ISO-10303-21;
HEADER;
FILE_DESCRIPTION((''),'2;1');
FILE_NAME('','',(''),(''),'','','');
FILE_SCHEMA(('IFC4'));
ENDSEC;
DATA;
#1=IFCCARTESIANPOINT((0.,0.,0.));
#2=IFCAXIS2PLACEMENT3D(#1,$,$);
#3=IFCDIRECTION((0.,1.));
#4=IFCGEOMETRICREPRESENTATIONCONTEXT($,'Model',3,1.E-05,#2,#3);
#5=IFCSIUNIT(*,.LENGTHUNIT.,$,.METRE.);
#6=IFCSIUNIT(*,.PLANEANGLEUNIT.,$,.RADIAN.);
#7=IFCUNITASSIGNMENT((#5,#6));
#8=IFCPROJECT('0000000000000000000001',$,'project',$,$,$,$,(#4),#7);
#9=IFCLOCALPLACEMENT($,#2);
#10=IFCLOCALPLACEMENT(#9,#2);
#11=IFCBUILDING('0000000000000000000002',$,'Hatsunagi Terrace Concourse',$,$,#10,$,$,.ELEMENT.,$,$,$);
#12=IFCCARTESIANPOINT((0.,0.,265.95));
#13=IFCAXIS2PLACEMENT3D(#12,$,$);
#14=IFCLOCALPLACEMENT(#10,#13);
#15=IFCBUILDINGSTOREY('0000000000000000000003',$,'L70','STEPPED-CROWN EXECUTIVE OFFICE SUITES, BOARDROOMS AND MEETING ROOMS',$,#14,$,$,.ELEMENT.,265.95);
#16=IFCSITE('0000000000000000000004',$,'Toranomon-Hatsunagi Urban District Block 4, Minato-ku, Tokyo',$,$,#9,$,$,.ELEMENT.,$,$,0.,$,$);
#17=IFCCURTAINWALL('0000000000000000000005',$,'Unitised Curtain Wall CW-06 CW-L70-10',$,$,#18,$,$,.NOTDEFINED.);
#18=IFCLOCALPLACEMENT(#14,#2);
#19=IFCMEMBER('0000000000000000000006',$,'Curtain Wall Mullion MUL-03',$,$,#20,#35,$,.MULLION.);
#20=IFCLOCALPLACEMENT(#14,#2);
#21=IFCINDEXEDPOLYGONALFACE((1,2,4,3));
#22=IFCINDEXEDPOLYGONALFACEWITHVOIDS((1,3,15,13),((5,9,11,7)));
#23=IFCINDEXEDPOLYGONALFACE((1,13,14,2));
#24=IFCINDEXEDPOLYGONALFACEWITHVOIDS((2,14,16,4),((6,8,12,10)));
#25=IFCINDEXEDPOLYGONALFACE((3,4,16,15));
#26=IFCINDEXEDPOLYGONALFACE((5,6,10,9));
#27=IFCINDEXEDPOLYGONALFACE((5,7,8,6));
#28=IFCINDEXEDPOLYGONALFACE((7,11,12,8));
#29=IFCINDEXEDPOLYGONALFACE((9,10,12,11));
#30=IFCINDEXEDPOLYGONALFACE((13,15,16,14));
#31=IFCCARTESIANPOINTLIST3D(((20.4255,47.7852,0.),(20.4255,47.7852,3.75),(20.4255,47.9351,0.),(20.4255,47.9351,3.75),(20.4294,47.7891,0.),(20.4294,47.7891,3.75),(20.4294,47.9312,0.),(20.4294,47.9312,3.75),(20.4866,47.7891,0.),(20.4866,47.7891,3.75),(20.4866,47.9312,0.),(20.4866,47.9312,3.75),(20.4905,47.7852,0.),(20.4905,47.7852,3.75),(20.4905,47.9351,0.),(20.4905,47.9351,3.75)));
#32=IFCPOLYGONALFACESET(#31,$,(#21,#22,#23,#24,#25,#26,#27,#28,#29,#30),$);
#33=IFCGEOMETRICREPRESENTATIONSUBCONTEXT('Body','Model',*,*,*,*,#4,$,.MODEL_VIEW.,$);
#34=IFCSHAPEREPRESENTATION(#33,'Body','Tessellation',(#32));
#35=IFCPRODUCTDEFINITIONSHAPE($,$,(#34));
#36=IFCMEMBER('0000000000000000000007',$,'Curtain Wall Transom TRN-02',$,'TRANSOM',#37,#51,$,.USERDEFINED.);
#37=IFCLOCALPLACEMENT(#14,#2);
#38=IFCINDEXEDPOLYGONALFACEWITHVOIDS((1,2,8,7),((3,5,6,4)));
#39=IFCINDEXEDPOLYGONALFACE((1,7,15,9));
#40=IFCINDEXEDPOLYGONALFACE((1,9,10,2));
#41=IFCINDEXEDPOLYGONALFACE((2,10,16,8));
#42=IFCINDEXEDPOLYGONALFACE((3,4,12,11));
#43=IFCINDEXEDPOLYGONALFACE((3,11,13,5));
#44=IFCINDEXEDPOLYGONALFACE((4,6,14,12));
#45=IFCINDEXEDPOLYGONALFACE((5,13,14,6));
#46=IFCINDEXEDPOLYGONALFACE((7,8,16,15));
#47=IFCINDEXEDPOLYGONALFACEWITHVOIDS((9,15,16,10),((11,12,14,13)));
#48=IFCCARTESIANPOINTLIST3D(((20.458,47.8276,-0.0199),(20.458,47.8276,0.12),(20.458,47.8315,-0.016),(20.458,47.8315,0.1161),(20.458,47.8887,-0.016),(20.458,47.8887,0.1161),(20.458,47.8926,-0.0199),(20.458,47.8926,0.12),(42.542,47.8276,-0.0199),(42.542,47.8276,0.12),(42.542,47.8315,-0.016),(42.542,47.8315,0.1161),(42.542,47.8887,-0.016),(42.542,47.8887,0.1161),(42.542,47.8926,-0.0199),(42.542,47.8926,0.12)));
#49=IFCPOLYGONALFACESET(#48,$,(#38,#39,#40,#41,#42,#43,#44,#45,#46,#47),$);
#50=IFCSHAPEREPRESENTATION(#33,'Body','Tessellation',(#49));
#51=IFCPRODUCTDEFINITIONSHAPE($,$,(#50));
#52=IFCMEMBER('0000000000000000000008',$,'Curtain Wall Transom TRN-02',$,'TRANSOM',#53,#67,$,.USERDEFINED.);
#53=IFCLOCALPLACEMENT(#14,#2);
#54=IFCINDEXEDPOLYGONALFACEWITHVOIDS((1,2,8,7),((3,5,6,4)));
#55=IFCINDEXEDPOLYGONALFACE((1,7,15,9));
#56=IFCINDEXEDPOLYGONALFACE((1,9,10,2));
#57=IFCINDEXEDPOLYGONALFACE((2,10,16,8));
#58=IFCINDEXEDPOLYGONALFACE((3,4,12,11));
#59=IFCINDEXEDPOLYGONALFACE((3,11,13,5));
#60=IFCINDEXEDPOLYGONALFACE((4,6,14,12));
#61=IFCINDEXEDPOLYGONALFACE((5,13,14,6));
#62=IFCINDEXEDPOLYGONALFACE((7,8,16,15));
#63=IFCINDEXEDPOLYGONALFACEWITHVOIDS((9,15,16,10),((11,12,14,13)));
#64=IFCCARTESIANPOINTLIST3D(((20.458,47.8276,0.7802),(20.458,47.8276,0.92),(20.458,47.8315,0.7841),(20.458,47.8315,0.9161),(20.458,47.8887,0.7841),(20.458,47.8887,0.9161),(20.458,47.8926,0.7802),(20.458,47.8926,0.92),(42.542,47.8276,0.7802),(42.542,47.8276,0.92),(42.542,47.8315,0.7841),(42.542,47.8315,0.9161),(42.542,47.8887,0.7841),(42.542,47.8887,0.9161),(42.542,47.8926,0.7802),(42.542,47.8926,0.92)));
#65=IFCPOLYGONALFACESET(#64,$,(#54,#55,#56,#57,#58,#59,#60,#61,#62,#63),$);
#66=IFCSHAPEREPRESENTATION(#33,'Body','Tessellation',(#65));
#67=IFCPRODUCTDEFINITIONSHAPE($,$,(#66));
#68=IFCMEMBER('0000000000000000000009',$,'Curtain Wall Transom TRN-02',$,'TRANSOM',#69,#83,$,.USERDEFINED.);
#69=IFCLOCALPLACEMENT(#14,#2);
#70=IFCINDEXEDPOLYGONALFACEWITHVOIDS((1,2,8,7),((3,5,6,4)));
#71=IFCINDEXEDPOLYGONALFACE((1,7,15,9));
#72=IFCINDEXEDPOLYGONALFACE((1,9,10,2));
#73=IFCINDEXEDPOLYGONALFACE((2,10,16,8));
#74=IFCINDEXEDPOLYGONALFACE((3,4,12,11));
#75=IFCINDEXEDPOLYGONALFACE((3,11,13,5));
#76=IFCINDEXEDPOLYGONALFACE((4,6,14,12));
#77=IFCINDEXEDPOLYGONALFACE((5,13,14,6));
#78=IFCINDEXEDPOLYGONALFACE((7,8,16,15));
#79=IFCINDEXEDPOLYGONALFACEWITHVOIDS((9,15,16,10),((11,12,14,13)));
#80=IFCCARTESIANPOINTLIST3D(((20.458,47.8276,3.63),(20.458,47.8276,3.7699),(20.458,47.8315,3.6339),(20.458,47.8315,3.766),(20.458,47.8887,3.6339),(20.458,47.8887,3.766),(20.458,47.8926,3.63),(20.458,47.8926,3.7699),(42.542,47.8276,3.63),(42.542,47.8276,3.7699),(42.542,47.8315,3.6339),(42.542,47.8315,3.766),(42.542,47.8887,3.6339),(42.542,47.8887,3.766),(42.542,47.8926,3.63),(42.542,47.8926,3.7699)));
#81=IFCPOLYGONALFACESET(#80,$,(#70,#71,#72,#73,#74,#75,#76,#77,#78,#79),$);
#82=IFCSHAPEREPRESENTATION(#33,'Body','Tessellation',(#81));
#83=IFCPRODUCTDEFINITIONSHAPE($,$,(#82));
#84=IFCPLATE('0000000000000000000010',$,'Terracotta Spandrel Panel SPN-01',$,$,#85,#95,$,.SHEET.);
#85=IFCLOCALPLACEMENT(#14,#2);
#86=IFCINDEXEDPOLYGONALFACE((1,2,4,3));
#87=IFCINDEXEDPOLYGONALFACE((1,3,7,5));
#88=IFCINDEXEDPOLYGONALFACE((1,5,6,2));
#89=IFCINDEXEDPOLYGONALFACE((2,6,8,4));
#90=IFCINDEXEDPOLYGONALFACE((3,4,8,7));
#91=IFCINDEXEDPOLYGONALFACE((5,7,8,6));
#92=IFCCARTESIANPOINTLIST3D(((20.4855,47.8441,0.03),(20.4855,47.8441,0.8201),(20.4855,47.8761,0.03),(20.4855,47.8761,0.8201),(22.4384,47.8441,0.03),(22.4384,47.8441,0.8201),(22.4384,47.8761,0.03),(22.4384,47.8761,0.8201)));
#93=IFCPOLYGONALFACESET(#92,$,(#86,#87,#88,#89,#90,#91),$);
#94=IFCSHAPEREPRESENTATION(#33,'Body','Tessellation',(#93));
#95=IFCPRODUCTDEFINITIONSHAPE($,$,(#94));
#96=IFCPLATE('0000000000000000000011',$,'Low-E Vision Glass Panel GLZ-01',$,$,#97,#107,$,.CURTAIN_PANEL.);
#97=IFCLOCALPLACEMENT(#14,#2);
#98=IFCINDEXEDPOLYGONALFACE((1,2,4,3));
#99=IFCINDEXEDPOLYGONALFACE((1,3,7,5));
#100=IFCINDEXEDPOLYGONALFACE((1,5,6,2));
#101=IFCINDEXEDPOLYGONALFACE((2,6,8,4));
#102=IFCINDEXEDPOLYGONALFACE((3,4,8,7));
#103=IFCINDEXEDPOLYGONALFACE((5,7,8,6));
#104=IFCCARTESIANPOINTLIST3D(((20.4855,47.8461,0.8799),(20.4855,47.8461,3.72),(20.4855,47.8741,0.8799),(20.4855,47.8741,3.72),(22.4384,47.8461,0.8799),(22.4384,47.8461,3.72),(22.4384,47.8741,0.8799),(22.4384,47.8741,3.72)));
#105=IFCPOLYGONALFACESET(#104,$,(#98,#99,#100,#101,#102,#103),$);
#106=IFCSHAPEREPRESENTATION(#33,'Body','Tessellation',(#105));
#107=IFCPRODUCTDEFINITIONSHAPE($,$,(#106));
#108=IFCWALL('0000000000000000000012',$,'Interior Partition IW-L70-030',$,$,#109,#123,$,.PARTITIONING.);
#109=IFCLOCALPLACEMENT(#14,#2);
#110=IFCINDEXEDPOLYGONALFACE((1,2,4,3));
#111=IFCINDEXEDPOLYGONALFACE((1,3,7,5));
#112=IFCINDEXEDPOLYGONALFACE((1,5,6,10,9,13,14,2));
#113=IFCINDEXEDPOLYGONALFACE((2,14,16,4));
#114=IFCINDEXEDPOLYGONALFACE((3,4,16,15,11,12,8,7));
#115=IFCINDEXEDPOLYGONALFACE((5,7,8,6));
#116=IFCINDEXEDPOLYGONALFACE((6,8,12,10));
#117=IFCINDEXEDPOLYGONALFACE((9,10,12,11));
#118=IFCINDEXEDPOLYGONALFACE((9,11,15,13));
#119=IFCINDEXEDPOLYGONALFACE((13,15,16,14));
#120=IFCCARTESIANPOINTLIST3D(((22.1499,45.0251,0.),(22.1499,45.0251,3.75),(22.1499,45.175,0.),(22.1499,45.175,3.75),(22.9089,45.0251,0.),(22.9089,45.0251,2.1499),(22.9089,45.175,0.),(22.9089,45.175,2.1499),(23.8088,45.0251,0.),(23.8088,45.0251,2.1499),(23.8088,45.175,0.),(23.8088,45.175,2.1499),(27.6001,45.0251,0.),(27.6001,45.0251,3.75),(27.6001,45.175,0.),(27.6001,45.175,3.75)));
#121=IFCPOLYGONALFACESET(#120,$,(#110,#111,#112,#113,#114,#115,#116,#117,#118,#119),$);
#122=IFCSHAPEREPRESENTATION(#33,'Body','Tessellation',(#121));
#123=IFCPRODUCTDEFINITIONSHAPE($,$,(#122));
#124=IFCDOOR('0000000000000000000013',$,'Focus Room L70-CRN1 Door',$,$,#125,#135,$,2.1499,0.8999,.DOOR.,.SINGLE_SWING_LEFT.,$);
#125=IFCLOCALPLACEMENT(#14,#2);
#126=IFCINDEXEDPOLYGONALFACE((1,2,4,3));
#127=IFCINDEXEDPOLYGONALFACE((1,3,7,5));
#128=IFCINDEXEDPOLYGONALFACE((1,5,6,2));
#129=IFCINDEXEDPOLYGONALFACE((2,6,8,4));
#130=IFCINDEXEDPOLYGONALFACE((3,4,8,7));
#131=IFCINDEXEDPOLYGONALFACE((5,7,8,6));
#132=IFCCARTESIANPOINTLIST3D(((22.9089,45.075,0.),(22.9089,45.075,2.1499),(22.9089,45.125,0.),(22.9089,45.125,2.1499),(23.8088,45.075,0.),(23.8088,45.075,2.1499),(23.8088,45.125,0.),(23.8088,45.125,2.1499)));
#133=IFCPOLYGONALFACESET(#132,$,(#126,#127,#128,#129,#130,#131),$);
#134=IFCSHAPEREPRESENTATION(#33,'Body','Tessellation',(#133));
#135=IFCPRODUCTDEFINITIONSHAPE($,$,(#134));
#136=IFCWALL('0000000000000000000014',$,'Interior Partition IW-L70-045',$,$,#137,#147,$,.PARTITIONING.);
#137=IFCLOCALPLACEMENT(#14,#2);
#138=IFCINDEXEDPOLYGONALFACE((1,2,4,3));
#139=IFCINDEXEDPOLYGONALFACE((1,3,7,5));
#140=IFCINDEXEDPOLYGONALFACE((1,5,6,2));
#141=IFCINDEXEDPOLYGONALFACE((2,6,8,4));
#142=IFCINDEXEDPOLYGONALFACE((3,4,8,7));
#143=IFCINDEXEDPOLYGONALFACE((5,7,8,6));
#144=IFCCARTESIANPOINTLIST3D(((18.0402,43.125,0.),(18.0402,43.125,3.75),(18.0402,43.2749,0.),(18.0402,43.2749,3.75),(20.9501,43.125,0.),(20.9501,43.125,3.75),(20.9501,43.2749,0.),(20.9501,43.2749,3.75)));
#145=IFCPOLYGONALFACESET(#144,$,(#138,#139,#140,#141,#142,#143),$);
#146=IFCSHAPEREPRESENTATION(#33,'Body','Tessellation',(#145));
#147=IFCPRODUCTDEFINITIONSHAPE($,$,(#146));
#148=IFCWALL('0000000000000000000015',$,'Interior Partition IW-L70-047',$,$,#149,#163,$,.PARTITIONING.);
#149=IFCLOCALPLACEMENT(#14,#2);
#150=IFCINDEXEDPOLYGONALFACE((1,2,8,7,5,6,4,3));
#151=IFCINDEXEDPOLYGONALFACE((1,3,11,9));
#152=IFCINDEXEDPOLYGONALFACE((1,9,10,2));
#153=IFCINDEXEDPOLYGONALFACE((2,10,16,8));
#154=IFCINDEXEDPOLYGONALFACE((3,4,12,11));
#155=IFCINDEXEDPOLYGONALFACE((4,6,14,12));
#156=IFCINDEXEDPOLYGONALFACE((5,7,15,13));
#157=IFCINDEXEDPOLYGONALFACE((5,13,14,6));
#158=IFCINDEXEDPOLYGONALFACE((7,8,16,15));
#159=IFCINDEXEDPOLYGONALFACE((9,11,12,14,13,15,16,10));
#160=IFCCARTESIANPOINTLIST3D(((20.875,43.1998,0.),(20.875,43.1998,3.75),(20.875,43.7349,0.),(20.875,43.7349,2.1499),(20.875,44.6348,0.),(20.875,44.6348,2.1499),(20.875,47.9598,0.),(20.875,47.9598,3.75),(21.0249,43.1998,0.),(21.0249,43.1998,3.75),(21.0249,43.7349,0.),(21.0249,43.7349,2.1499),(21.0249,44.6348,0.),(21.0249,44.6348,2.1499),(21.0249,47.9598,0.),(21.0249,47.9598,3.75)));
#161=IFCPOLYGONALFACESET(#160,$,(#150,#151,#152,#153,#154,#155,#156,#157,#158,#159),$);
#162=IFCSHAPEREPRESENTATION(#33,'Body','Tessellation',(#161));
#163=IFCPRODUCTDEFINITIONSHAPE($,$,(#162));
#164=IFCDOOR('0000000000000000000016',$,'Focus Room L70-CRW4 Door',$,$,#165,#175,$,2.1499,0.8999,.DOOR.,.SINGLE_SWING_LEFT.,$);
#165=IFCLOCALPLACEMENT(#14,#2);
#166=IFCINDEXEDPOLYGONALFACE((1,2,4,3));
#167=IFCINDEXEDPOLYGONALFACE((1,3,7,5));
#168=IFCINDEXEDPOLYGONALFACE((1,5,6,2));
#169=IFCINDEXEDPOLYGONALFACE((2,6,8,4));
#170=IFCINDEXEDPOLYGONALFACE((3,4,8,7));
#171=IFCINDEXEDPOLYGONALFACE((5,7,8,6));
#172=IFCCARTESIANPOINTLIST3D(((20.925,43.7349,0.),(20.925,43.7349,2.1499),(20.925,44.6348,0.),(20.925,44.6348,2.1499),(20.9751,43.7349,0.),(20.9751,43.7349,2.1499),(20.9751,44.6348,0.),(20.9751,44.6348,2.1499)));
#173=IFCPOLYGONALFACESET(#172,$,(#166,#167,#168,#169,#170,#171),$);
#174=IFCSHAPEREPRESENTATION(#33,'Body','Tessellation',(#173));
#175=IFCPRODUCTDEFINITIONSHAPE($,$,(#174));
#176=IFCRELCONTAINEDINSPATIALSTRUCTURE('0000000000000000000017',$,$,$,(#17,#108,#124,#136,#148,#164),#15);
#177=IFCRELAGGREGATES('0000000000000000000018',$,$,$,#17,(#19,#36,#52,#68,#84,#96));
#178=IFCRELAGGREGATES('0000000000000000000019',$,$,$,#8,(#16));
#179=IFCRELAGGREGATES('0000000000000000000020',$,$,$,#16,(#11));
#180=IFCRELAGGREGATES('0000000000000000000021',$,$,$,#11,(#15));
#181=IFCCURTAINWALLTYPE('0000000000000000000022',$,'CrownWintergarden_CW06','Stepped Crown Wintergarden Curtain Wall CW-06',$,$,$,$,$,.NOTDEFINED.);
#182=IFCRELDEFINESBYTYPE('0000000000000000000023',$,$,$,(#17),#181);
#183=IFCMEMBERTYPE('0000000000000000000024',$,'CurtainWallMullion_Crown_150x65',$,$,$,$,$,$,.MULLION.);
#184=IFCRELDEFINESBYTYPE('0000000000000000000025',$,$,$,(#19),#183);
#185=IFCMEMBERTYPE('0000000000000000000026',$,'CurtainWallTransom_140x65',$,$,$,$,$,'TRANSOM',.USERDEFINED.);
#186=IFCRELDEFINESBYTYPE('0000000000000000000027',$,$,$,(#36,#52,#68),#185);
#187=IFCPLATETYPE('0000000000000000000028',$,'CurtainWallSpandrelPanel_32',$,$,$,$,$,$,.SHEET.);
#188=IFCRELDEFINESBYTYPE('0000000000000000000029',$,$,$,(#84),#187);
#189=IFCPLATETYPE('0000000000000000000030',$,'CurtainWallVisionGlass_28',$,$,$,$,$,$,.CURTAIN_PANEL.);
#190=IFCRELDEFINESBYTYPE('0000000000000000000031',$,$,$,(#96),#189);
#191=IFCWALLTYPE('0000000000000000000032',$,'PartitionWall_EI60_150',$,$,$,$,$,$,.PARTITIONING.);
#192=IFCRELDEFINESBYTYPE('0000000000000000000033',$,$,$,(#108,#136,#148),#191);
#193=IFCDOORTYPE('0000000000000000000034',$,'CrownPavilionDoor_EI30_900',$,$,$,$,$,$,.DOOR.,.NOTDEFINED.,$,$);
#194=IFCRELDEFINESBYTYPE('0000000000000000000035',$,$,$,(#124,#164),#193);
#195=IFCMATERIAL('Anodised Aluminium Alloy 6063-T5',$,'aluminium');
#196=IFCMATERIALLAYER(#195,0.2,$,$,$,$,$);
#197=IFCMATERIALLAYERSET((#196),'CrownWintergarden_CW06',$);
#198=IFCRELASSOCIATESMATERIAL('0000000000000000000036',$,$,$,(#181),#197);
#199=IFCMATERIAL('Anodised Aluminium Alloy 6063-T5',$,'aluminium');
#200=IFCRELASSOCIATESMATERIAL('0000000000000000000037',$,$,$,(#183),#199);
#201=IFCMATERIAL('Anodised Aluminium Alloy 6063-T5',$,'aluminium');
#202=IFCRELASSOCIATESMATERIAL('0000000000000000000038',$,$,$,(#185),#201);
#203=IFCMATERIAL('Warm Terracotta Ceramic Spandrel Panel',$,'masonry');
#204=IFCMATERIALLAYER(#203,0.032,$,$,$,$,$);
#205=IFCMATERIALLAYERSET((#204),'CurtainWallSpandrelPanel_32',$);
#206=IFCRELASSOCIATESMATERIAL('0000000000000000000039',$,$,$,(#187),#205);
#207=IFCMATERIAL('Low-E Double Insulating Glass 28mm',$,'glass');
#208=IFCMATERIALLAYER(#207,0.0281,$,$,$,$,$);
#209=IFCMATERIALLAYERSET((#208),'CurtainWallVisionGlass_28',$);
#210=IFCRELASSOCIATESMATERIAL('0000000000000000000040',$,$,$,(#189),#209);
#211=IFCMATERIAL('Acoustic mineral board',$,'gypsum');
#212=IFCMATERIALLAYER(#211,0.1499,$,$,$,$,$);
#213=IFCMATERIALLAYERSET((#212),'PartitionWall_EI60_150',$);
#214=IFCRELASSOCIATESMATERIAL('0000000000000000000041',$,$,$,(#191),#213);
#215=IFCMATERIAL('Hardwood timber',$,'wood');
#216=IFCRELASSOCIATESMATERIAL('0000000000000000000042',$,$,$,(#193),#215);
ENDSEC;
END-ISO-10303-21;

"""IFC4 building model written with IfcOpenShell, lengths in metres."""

from ifc_helpers import new_model, si_unit, direction, frame, frame_2d, origin, origin_2d, place, context, subcontext, project, spatial, rectangle, hollow_rectangle, extrude, material, layer, layer_set, material_profile, profile_set, type_object, element, fill, aggregate, save


model = new_model("IFC4")

# Units and contexts
model_context = context("Model", 3, precision=1e-05, world=origin(), true_north=direction((0.0, 1.0)))
body_context = subcontext(model_context, "Body", "Model", "MODEL_VIEW")
ifc_project = project(units=[si_unit("LENGTHUNIT", "METRE"), si_unit("PLANEANGLEUNIT", "RADIAN")], contexts=[model_context])

# Site, building, storey
site_placement = place(None, origin())
site = spatial("IfcSite", under=ifc_project, at=site_placement, Name="Toranomon-Hatsunagi Urban District Block 4, Minato-ku, Tokyo", CompositionType="ELEMENT", RefElevation=0.0)
building_placement = place(site_placement, origin())
building = spatial("IfcBuilding", under=site, at=building_placement, Name="Hatsunagi Terrace Concourse", CompositionType="ELEMENT")
storey_placement = place(building_placement, frame((0.0, 0.0, 265.95)))
storey = spatial("IfcBuildingStorey", under=building, at=storey_placement, Name="L70", Description="STEPPED-CROWN EXECUTIVE OFFICE SUITES, BOARDROOMS AND MEETING ROOMS", CompositionType="ELEMENT", Elevation=265.95)

# Curtain wall, members, plates
ifc_material_1 = material(Name="Anodised Aluminium Alloy 6063-T5", Category="aluminium")
ifc_layer_1 = layer(ifc_material_1, 0.2)
ifc_layer_set_1 = layer_set([ifc_layer_1], Name="CrownWintergarden_CW06")
curtain_wall_type = type_object("IfcCurtainWallType", Name="CrownWintergarden_CW06", Description="Stepped Crown Wintergarden Curtain Wall CW-06", PredefinedType="NOTDEFINED", material=ifc_layer_set_1)
curtain_wall_placement = place(storey_placement, origin())
curtain_wall = element("IfcCurtainWall", 1, at=curtain_wall_placement, inside=storey, type_object=curtain_wall_type, Name="Unitised Curtain Wall CW-06 CW-L70-10", PredefinedType="NOTDEFINED")
ifc_material_2 = material(Name="Anodised Aluminium Alloy 6063-T5", Category="aluminium")
ifc_material_profile_1 = material_profile(ifc_material_2, hollow_rectangle(XDim=0.0649, YDim=0.1499, WallThickness=0.0039, at=origin_2d()), Name="ALU-MUL-150x65x4")
ifc_profile_set_1 = profile_set([ifc_material_profile_1], Name="Anodised Aluminium Alloy 6063-T5")
member_type_1 = type_object("IfcMemberType", Name="CurtainWallMullion_Crown_150x65", PredefinedType="MULLION", material=ifc_profile_set_1)
member_1_placement = place(storey_placement, frame((20.458, 47.8601, 0.0), z_axis=(0.0, 0.0, 1.0), x_axis=(1.0, 0.0, 0.0)))
member_1 = element("IfcMember", 2, at=member_1_placement, type_object=member_type_1, Name="Curtain Wall Mullion MUL-03", PredefinedType="MULLION", context=body_context, shape_type="SweptSolid", body=[
    extrude(hollow_rectangle(XDim=0.0649, YDim=0.1499, WallThickness=0.0039, at=origin_2d()), origin(), (0.0, 0.0, 1.0), 3.75),
])
ifc_material_3 = material(Name="Anodised Aluminium Alloy 6063-T5", Category="aluminium")
ifc_material_profile_2 = material_profile(ifc_material_3, hollow_rectangle(XDim=0.0649, YDim=0.1399, WallThickness=0.0039, at=origin_2d()), Name="ALU-TRN-140x65x4")
ifc_profile_set_2 = profile_set([ifc_material_profile_2], Name="Anodised Aluminium Alloy 6063-T5")
member_type_2 = type_object("IfcMemberType", Name="CurtainWallTransom_140x65", ElementType="TRANSOM", PredefinedType="USERDEFINED", material=ifc_profile_set_2)
member_2_placement = place(storey_placement, frame((20.458, 47.8601, 0.05), z_axis=(1.0, 0.0, 0.0), x_axis=(0.0, 1.0, 0.0)))
member_2 = element("IfcMember", 3, at=member_2_placement, type_object=member_type_2, Name="Curtain Wall Transom TRN-02", ObjectType="TRANSOM", PredefinedType="USERDEFINED", context=body_context, shape_type="SweptSolid", body=[
    extrude(hollow_rectangle(XDim=0.0649, YDim=0.1399, WallThickness=0.0039, at=origin_2d()), origin(), (0.0, 0.0, 1.0), 22.084),
])
member_3_placement = place(storey_placement, frame((20.458, 47.8601, 0.8501), z_axis=(1.0, 0.0, 0.0), x_axis=(0.0, 1.0, 0.0)))
member_3 = element("IfcMember", 4, at=member_3_placement, type_object=member_type_2, Name="Curtain Wall Transom TRN-02", ObjectType="TRANSOM", PredefinedType="USERDEFINED", context=body_context, shape_type="SweptSolid", body=[
    extrude(hollow_rectangle(XDim=0.0649, YDim=0.1399, WallThickness=0.0039, at=origin_2d()), origin(), (0.0, 0.0, 1.0), 22.084),
])
member_4_placement = place(storey_placement, frame((20.458, 47.8601, 3.7), z_axis=(1.0, 0.0, 0.0), x_axis=(0.0, 1.0, 0.0)))
member_4 = element("IfcMember", 5, at=member_4_placement, type_object=member_type_2, Name="Curtain Wall Transom TRN-02", ObjectType="TRANSOM", PredefinedType="USERDEFINED", context=body_context, shape_type="SweptSolid", body=[
    extrude(hollow_rectangle(XDim=0.0649, YDim=0.1399, WallThickness=0.0039, at=origin_2d()), origin(), (0.0, 0.0, 1.0), 22.084),
])
ifc_material_4 = material(Name="Warm Terracotta Ceramic Spandrel Panel", Category="masonry")
ifc_layer_2 = layer(ifc_material_4, 0.032)
ifc_layer_set_2 = layer_set([ifc_layer_2], Name="CurtainWallSpandrelPanel_32")
plate_type_1 = type_object("IfcPlateType", Name="CurtainWallSpandrelPanel_32", PredefinedType="SHEET", material=ifc_layer_set_2)
plate_1_placement = place(storey_placement, frame((21.4619, 47.8601, 0.03), z_axis=(0.0, 0.0, 1.0), x_axis=(1.0, 0.0, 0.0)))
plate_1 = element("IfcPlate", 6, at=plate_1_placement, type_object=plate_type_1, Name="Terracotta Spandrel Panel SPN-01", PredefinedType="SHEET", context=body_context, shape_type="SweptSolid", body=[
    extrude(rectangle(XDim=1.9529, YDim=0.032, at=origin_2d()), origin(), (0.0, 0.0, 1.0), 0.79),
])
ifc_material_5 = material(Name="Low-E Double Insulating Glass 28mm", Category="glass")
ifc_layer_3 = layer(ifc_material_5, 0.0281)
ifc_layer_set_3 = layer_set([ifc_layer_3], Name="CurtainWallVisionGlass_28")
plate_type_2 = type_object("IfcPlateType", Name="CurtainWallVisionGlass_28", PredefinedType="CURTAIN_PANEL", material=ifc_layer_set_3)
plate_2_placement = place(storey_placement, frame((21.4619, 47.8601, 0.8799), z_axis=(0.0, 0.0, 1.0), x_axis=(1.0, 0.0, 0.0)))
plate_2 = element("IfcPlate", 7, at=plate_2_placement, type_object=plate_type_2, Name="Low-E Vision Glass Panel GLZ-01", PredefinedType="CURTAIN_PANEL", context=body_context, shape_type="SweptSolid", body=[
    extrude(rectangle(XDim=1.9529, YDim=0.0281, at=origin_2d()), origin(), (0.0, 0.0, 1.0), 2.8401),
])
aggregate(curtain_wall, [member_1, member_2, member_3, member_4, plate_1, plate_2])

# Wall, opening, door
ifc_material_6 = material(Name="Acoustic mineral board", Category="gypsum")
ifc_layer_4 = layer(ifc_material_6, 0.1499)
ifc_layer_set_4 = layer_set([ifc_layer_4], Name="PartitionWall_EI60_150")
wall_type_1 = type_object("IfcWallType", Name="PartitionWall_EI60_150", PredefinedType="PARTITIONING", material=ifc_layer_set_4)
wall_1_placement = place(storey_placement, frame((22.1499, 45.1001, 0.0), z_axis=(0.0, 0.0, 1.0), x_axis=(1.0, 0.0, 0.0)))
wall_1 = element("IfcWall", 8, at=wall_1_placement, inside=storey, type_object=wall_type_1, Name="Interior Partition IW-L70-030", PredefinedType="PARTITIONING", context=body_context, shape_type="SweptSolid", body=[
    extrude(rectangle(XDim=5.4502, YDim=0.1499, at=frame_2d((2.7251, 0.0))), origin(), (0.0, 0.0, 1.0), 3.75),
])
opening_1_placement = place(wall_1_placement, frame((0.759, 0.0, 0.0)))
opening_1 = element("IfcOpeningElement", 9, at=opening_1_placement, cuts=wall_1, PredefinedType="OPENING", context=body_context, shape_type="SweptSolid", body=[
    extrude(rectangle(XDim=0.8999, YDim=2.1499, at=frame_2d((0.45, 1.075))), frame((0.0, 0.085, 0.0), z_axis=(0.0, -1.0, 0.0), x_axis=(1.0, 0.0, 0.0)), (0.0, 0.0, 1.0), 0.1699),
])
ifc_material_7 = material(Name="Hardwood timber", Category="wood")
door_type_1 = type_object("IfcDoorType", Name="CrownPavilionDoor_EI30_900", OperationType="NOTDEFINED", PredefinedType="DOOR", material=ifc_material_7)
door_1_placement = place(opening_1_placement, origin())
door_1 = element("IfcDoor", 10, at=door_1_placement, inside=storey, type_object=door_type_1, Name="Focus Room L70-CRN1 Door", OperationType="SINGLE_SWING_LEFT", OverallHeight=2.1499, OverallWidth=0.8999, PredefinedType="DOOR", context=body_context, shape_type="SweptSolid", body=[
    extrude(rectangle(XDim=0.8999, YDim=2.1499, at=frame_2d((0.45, 1.075))), frame((0.0, 0.0249, 0.0), z_axis=(0.0, -1.0, 0.0), x_axis=(1.0, 0.0, 0.0)), (0.0, 0.0, 1.0), 0.05),
])
fill(opening_1, door_1)

# Wall
wall_2_placement = place(storey_placement, frame((18.04, 43.2, 0.0), z_axis=(0.0, 0.0, 1.0), x_axis=(1.0, 0.0, 0.0)))
element("IfcWall", 11, at=wall_2_placement, inside=storey, type_object=wall_type_1, Name="Interior Partition IW-L70-045", PredefinedType="PARTITIONING", context=body_context, shape_type="SweptSolid", body=[
    extrude(rectangle(XDim=2.9099, YDim=0.1499, at=frame_2d((1.4551, 0.0))), origin(), (0.0, 0.0, 1.0), 3.75),
])

# Wall, opening, door
wall_3_placement = place(storey_placement, frame((20.95, 43.2, 0.0), z_axis=(0.0, 0.0, 1.0), x_axis=(0.0, 1.0, 0.0)))
wall_3 = element("IfcWall", 12, at=wall_3_placement, inside=storey, type_object=wall_type_1, Name="Interior Partition IW-L70-047", PredefinedType="PARTITIONING", context=body_context, shape_type="SweptSolid", body=[
    extrude(rectangle(XDim=4.76, YDim=0.1499, at=frame_2d((2.3799, 0.0))), origin(), (0.0, 0.0, 1.0), 3.75),
])
opening_2_placement = place(wall_3_placement, frame((0.5349, 0.0, 0.0)))
opening_2 = element("IfcOpeningElement", 13, at=opening_2_placement, cuts=wall_3, PredefinedType="OPENING", context=body_context, shape_type="SweptSolid", body=[
    extrude(rectangle(XDim=0.8999, YDim=2.1499, at=frame_2d((0.45, 1.075))), frame((0.0, 0.085, 0.0), z_axis=(0.0, -1.0, 0.0), x_axis=(1.0, 0.0, 0.0)), (0.0, 0.0, 1.0), 0.1699),
])
door_2_placement = place(opening_2_placement, origin())
door_2 = element("IfcDoor", 14, at=door_2_placement, inside=storey, type_object=door_type_1, Name="Focus Room L70-CRW4 Door", OperationType="SINGLE_SWING_LEFT", OverallHeight=2.1499, OverallWidth=0.8999, PredefinedType="DOOR", context=body_context, shape_type="SweptSolid", body=[
    extrude(rectangle(XDim=0.8999, YDim=2.1499, at=frame_2d((0.45, 1.075))), frame((0.0, 0.0249, 0.0), z_axis=(0.0, -1.0, 0.0), x_axis=(1.0, 0.0, 0.0)), (0.0, 0.0, 1.0), 0.05),
])
fill(opening_2, door_2)

save(model, "model.ifc")
